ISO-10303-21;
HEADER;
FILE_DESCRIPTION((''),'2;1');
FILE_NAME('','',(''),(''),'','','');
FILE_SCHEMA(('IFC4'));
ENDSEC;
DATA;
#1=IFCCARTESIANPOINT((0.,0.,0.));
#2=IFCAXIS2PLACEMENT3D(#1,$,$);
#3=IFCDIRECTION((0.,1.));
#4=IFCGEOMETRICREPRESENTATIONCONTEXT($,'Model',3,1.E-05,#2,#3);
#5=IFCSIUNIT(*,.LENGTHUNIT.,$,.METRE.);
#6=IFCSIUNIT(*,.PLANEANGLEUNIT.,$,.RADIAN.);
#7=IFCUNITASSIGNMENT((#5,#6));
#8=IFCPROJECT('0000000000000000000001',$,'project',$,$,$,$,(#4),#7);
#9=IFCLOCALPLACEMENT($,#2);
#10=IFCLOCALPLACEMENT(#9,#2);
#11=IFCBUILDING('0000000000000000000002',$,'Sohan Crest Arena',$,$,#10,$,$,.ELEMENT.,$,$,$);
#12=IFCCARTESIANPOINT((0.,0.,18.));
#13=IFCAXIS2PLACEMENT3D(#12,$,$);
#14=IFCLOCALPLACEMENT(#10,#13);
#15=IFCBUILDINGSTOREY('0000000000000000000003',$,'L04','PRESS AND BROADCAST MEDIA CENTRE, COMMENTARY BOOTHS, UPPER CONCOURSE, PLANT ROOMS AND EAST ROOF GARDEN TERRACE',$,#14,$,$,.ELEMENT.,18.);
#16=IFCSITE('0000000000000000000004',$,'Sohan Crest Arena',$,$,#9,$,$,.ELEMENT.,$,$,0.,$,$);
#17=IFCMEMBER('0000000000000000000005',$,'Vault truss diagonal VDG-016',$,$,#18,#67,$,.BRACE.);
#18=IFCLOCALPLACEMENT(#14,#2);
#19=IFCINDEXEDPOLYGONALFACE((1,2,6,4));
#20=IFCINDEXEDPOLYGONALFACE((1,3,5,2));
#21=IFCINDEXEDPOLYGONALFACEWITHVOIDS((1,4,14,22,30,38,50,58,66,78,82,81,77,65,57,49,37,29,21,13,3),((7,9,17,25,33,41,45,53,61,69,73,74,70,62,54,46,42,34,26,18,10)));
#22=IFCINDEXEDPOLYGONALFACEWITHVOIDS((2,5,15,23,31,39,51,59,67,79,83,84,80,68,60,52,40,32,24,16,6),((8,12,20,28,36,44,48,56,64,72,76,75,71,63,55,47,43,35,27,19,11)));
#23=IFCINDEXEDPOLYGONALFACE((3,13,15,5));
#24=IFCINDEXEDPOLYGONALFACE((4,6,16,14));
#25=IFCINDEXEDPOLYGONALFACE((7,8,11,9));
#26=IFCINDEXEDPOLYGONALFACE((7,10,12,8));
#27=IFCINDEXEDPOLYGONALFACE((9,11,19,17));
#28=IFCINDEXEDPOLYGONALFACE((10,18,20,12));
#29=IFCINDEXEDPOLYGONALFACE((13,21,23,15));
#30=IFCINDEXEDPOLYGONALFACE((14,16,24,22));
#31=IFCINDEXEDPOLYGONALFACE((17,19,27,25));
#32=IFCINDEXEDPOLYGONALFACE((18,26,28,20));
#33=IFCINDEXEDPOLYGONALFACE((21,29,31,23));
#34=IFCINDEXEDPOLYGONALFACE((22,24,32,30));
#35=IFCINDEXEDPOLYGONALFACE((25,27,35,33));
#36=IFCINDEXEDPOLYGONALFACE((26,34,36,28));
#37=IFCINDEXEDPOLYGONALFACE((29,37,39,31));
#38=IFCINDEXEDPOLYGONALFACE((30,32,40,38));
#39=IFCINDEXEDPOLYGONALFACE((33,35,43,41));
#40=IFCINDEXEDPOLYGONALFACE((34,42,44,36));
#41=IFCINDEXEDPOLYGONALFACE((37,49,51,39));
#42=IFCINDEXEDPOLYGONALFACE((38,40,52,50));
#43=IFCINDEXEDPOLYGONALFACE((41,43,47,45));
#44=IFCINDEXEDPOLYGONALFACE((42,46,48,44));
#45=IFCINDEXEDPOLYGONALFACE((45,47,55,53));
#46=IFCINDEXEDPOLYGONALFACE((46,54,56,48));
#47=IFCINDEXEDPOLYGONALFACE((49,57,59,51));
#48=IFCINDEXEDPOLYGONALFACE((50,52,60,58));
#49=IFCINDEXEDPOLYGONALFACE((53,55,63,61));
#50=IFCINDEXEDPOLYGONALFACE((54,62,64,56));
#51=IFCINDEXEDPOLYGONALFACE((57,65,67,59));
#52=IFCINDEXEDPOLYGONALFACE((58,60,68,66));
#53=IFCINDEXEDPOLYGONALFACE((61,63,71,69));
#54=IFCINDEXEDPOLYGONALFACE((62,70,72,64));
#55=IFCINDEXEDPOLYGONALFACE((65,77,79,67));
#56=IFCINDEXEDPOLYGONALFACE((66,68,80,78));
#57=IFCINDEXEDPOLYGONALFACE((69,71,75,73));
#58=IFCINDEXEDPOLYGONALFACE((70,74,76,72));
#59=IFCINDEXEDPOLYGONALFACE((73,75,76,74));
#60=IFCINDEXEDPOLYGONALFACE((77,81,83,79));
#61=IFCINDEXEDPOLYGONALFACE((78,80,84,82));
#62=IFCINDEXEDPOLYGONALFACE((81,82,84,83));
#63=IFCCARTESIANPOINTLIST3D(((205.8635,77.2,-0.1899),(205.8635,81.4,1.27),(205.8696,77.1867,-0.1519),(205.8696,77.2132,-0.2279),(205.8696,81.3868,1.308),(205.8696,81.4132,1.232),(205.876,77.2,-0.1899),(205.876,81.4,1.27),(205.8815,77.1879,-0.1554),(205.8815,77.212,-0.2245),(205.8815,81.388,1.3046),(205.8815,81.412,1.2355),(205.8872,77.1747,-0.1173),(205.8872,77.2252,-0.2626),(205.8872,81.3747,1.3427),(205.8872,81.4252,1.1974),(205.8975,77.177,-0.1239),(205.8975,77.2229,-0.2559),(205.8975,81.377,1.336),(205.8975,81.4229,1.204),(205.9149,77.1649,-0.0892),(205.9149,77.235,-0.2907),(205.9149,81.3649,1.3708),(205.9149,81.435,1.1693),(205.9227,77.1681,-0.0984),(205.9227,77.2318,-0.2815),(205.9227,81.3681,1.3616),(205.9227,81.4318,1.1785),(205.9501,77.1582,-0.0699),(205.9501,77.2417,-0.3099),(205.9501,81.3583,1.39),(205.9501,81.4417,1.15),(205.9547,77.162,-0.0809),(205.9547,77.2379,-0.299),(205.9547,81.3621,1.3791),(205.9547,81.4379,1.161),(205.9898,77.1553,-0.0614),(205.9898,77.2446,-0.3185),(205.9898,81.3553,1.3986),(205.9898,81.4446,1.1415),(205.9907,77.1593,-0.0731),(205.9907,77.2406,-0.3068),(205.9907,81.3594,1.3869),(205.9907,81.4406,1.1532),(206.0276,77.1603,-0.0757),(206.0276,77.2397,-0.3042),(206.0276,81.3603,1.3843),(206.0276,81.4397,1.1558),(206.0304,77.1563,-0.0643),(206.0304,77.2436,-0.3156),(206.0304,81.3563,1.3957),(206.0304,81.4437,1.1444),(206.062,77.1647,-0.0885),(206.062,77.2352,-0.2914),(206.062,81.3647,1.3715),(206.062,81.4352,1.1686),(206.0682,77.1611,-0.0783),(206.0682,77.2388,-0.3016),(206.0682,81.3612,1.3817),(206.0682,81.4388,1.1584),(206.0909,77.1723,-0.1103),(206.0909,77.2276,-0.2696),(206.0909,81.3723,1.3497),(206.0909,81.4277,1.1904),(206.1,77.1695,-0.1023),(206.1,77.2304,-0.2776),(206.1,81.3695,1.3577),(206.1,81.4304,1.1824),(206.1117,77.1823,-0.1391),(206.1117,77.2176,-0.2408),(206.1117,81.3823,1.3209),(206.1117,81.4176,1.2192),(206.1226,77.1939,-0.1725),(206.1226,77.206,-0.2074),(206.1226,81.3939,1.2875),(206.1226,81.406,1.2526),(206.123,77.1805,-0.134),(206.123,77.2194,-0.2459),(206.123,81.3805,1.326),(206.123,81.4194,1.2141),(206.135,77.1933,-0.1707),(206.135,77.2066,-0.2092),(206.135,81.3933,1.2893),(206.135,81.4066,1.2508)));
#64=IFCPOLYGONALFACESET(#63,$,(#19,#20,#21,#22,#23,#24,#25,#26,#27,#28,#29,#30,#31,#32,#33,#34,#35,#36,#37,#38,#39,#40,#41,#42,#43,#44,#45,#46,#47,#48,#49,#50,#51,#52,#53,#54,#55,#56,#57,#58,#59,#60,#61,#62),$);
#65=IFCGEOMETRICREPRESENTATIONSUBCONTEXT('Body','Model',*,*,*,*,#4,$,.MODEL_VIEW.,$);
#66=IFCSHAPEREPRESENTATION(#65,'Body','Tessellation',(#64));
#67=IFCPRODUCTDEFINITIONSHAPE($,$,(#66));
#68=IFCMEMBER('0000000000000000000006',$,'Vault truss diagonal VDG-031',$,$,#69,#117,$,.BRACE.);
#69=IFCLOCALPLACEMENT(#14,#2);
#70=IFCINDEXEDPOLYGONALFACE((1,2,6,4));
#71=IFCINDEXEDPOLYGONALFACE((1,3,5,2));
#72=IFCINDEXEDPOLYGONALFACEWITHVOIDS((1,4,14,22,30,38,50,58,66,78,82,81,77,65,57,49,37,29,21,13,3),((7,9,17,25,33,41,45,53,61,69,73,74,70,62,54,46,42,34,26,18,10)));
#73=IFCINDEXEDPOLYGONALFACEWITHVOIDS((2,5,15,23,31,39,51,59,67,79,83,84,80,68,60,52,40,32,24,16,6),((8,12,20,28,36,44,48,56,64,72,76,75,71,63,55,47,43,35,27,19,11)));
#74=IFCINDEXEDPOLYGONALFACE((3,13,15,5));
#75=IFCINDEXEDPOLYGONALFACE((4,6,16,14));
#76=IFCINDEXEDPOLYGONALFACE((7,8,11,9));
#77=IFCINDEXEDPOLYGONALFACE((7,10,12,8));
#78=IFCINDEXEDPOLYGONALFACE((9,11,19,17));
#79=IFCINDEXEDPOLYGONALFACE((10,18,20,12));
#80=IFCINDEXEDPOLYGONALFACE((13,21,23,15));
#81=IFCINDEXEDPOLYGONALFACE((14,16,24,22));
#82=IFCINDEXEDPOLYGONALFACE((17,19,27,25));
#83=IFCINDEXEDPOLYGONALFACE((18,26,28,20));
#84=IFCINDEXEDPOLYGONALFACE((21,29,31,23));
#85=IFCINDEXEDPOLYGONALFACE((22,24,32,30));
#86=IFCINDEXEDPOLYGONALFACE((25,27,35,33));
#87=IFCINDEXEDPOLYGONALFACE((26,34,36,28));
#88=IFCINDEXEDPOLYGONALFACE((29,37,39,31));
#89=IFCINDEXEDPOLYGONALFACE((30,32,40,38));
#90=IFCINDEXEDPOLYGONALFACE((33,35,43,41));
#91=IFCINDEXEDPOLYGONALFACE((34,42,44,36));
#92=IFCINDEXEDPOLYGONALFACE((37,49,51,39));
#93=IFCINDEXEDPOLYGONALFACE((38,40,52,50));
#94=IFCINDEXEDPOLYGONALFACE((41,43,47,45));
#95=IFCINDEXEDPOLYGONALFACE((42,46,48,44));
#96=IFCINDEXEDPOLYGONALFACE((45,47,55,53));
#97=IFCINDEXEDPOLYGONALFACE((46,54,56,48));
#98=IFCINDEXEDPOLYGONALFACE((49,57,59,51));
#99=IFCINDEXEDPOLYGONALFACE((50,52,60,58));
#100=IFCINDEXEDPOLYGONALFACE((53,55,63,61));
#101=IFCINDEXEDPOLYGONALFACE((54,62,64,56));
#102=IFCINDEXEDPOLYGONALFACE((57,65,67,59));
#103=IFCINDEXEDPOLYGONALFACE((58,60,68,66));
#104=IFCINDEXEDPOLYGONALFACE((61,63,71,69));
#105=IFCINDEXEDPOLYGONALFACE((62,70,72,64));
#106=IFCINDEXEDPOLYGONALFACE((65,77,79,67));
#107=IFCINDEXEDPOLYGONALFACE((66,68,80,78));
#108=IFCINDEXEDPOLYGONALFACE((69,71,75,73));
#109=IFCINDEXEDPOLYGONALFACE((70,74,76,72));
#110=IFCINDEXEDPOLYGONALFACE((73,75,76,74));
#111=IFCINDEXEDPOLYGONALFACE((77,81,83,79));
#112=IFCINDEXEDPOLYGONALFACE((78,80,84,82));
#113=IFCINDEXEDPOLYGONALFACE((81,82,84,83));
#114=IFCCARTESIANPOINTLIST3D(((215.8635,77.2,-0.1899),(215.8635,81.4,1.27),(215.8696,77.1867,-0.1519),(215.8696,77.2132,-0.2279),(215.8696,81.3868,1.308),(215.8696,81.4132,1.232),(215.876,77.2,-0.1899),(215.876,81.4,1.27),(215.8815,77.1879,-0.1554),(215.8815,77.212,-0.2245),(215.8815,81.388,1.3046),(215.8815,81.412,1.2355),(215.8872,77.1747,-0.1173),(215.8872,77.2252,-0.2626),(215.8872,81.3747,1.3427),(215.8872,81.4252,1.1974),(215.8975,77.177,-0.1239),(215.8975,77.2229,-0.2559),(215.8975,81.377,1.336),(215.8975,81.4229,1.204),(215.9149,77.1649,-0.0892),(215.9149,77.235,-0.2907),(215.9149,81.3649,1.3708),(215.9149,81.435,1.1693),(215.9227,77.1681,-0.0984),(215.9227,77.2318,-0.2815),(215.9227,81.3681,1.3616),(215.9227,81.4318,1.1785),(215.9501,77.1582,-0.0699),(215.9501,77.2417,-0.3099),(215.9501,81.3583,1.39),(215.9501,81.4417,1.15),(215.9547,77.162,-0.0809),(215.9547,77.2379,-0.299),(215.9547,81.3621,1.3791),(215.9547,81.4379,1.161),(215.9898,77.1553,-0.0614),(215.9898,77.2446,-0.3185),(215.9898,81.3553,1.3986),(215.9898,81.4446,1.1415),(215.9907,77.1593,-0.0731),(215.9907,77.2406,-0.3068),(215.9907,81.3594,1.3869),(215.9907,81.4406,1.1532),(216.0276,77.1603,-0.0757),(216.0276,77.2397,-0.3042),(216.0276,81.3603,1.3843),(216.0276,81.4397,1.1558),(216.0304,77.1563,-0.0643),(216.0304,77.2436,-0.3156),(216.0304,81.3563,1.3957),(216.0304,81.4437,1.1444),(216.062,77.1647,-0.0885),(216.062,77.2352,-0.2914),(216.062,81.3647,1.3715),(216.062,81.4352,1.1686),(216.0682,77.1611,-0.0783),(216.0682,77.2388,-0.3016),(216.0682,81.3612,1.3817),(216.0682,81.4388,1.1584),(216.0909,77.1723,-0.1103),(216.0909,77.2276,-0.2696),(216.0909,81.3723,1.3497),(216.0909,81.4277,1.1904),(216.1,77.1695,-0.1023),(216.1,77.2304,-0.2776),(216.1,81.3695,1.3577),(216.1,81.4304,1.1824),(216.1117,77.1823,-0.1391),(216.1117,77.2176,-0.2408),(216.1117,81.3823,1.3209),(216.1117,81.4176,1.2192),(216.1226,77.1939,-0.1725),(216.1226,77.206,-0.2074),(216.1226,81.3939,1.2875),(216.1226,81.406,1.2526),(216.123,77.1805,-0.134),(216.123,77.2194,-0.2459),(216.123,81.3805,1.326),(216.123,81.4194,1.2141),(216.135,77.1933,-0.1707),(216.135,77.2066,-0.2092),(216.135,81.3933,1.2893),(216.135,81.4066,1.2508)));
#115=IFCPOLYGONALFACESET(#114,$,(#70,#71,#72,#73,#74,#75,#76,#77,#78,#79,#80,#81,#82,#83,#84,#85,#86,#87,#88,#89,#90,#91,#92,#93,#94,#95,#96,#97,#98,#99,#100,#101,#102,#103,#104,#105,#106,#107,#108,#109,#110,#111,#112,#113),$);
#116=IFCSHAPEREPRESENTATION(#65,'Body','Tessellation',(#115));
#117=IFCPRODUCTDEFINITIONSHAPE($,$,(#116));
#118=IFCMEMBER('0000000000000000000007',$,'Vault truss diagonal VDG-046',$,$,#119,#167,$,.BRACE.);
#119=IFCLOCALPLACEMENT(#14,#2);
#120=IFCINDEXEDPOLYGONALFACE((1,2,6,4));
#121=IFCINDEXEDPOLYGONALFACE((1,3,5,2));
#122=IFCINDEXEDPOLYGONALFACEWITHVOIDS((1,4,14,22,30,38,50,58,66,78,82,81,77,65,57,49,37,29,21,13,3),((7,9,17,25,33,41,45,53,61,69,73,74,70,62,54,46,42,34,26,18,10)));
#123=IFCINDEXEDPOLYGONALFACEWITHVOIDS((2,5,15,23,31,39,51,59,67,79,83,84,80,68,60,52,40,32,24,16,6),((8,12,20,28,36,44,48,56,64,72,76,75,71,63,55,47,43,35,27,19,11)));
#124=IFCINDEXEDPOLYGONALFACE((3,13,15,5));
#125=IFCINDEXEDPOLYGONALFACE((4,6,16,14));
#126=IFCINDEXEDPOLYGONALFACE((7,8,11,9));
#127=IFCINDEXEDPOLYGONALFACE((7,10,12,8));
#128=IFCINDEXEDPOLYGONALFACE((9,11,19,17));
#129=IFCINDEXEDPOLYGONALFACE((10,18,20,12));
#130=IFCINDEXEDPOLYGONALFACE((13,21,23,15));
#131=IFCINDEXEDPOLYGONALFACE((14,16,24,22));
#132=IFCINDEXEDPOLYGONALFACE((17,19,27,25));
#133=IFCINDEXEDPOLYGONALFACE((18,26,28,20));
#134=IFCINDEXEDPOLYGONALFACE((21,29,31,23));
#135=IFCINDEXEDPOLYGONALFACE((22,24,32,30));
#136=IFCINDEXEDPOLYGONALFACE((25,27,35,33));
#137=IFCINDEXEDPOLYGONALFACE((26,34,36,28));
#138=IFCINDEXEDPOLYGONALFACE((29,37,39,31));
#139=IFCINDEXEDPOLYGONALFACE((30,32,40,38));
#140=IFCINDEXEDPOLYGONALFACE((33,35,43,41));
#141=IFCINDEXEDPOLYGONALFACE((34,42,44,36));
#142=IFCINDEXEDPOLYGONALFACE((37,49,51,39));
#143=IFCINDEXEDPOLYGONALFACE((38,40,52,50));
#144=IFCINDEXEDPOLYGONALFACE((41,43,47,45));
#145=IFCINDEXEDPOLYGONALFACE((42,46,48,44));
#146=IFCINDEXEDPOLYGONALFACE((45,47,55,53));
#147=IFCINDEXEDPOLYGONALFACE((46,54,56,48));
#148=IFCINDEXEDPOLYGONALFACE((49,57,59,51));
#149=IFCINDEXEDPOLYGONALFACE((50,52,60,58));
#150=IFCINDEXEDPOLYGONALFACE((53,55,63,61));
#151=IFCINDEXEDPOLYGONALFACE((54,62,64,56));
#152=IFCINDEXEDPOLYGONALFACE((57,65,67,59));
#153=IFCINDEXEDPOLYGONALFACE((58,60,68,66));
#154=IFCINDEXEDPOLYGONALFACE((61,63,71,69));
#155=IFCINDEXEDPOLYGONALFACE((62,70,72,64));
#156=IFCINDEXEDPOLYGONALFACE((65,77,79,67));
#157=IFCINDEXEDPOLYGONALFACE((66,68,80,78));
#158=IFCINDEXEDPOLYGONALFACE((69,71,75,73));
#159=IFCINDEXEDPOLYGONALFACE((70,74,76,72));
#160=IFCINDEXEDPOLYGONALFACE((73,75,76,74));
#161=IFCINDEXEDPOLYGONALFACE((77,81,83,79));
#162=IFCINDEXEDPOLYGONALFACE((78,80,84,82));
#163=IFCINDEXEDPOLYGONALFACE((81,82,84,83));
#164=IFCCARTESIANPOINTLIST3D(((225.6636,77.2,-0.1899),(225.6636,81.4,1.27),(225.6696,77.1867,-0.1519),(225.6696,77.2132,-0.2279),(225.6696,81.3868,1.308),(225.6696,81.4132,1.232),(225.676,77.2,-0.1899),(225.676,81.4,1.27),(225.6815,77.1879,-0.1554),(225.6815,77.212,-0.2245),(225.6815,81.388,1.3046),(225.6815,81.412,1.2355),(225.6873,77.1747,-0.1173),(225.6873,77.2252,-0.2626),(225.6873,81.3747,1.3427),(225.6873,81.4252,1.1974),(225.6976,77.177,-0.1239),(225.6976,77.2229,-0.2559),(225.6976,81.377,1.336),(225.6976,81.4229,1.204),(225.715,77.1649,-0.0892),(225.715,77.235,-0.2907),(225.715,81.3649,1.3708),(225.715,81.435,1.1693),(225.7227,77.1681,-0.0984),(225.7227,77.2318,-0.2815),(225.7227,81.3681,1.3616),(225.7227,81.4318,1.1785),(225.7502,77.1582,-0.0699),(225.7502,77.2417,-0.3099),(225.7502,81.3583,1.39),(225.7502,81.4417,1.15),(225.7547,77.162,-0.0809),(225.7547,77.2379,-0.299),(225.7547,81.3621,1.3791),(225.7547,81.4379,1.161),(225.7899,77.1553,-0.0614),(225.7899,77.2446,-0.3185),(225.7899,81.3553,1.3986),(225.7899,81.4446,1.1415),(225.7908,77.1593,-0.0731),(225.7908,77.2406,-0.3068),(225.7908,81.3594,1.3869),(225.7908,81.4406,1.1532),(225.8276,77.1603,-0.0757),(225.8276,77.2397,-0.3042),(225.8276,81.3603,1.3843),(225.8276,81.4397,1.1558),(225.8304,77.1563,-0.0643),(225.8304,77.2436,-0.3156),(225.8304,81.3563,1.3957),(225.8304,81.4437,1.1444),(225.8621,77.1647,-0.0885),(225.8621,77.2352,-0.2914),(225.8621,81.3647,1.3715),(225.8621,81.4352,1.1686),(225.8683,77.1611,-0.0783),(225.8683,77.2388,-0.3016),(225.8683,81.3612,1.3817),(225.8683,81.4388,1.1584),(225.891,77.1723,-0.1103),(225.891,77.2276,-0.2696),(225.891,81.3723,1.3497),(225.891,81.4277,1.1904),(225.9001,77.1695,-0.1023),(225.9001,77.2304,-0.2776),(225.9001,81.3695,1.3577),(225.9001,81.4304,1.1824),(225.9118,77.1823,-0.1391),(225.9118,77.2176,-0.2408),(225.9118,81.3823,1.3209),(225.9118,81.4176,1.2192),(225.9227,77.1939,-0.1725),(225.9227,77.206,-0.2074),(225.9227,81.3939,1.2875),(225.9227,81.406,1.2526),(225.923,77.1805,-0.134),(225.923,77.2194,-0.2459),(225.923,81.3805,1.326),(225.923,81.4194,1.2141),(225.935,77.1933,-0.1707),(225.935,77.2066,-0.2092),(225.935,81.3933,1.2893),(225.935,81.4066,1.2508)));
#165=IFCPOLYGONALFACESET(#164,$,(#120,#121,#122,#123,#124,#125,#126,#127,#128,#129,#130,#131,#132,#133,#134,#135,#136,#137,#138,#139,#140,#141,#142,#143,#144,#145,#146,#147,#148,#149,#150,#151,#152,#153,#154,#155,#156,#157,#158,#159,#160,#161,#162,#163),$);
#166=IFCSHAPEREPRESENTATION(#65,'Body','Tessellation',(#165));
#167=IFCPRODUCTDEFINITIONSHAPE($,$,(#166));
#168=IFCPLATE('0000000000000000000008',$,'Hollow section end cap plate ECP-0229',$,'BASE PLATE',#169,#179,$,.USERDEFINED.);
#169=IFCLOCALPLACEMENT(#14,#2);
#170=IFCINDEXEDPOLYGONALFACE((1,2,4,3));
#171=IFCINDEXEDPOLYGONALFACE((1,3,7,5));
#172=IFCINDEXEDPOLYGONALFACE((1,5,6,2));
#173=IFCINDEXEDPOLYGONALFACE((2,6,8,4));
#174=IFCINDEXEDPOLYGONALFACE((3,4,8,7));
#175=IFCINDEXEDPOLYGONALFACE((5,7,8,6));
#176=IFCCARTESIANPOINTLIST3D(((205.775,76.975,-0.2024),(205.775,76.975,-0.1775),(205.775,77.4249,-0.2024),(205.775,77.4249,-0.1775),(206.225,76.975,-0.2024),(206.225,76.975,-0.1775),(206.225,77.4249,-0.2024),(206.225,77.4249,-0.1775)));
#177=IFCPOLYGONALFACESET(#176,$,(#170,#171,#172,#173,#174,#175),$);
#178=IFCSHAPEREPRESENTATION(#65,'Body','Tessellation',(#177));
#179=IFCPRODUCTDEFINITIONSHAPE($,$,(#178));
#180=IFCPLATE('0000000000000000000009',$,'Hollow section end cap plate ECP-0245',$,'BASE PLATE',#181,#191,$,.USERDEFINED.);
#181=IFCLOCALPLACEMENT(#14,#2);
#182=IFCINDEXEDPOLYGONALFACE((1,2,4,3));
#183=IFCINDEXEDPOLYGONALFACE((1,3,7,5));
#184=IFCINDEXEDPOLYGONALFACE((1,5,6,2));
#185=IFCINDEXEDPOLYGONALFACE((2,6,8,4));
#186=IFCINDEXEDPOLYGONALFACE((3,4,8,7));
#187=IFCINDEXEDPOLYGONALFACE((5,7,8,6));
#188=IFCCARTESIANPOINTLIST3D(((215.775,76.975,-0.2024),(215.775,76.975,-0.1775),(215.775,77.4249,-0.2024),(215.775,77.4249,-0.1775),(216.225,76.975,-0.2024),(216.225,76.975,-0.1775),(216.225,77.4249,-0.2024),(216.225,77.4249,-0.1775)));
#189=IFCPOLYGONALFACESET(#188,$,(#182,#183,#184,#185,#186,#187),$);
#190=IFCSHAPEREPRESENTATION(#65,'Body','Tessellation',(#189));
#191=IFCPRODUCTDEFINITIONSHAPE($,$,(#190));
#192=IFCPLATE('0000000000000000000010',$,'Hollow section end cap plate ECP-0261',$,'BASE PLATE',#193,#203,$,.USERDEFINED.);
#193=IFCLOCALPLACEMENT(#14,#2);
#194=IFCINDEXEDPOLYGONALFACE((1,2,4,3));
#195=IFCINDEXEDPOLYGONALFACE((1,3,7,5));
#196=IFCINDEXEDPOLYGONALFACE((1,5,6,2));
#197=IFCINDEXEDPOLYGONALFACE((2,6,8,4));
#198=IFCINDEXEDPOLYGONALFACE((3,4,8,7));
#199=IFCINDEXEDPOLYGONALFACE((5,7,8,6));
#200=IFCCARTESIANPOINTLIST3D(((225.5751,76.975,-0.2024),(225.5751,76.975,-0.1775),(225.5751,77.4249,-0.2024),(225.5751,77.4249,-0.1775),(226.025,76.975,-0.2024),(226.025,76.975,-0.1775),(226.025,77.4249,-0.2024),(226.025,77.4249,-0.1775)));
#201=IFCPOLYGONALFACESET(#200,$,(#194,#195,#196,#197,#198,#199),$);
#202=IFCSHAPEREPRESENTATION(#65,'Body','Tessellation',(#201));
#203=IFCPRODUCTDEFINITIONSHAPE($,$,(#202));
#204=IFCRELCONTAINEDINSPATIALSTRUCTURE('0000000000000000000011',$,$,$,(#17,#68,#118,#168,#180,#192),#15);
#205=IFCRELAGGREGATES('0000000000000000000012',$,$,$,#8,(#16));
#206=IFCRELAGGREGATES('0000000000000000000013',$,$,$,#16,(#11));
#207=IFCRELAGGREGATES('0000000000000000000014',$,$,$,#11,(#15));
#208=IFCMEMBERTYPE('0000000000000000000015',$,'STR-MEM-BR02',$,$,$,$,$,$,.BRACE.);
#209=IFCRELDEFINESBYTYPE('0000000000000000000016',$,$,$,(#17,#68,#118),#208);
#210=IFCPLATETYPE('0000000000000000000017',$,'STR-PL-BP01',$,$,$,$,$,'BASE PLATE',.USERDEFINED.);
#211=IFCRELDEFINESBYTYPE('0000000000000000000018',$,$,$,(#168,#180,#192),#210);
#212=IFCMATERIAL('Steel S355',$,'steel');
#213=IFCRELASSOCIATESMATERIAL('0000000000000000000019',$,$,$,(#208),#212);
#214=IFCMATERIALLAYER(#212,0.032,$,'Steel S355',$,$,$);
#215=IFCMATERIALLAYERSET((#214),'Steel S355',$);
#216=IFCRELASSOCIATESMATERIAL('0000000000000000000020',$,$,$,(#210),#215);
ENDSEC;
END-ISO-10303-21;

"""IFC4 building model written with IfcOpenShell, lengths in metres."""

from ifc_helpers import new_model, si_unit, direction, frame, origin, origin_2d, place, context, subcontext, project, spatial, rectangle, hollow_circle, extrude, material, layer, layer_set, material_profile, profile_set, type_object, element, save


model = new_model("IFC4")

# Units and contexts
model_context = context("Model", 3, precision=1e-05, world=origin(), true_north=direction((0.0, 1.0)))
body_context = subcontext(model_context, "Body", "Model", "MODEL_VIEW")
ifc_project = project(units=[si_unit("LENGTHUNIT", "METRE"), si_unit("PLANEANGLEUNIT", "RADIAN")], contexts=[model_context])

# Site, building, storey
site_placement = place(None, origin())
site = spatial("IfcSite", under=ifc_project, at=site_placement, Name="Sohan Crest Arena", CompositionType="ELEMENT", RefElevation=0.0)
building_placement = place(site_placement, origin())
building = spatial("IfcBuilding", under=site, at=building_placement, Name="Sohan Crest Arena", CompositionType="ELEMENT")
storey_placement = place(building_placement, frame((0.0, 0.0, 18.0)))
storey = spatial("IfcBuildingStorey", under=building, at=storey_placement, Name="L04", Description="PRESS AND BROADCAST MEDIA CENTRE, COMMENTARY BOOTHS, UPPER CONCOURSE, PLANT ROOMS AND EAST ROOF GARDEN TERRACE", CompositionType="ELEMENT", Elevation=18.0)

# Shared definitions
ifc_material_1 = material(Name="Steel S355", Category="steel")

# Members
ifc_material_profile_1 = material_profile(ifc_material_1, hollow_circle(Radius=0.1365, WallThickness=0.0125, at=origin_2d()), Name="CHS 273x12.5")
ifc_profile_set_1 = profile_set([ifc_material_profile_1], Name="Steel S355")
member_type = type_object("IfcMemberType", Name="STR-MEM-BR02", PredefinedType="BRACE", material=ifc_profile_set_1)
for number, where, z_axis, x_axis, name in (
    (1, (206.0, 77.2, -0.1899), (0.0, 0.944559, 0.328342), (-1.0, 0.0, 0.0), "Vault truss diagonal VDG-016"),
    (2, (216.0, 77.2, -0.1899), (0.0, 0.944559, 0.328342), (-1.0, 0.0, 0.0), "Vault truss diagonal VDG-031"),
    (3, (225.8, 77.2, -0.1899), (0.0, 0.944559, 0.328342), (-1.0, 0.0, 0.0), "Vault truss diagonal VDG-046"),
):
    element("IfcMember", number, at=place(storey_placement, frame(where, z_axis=z_axis, x_axis=x_axis)), inside=storey, type_object=member_type, Name=name, PredefinedType="BRACE", context=body_context, shape_type="SweptSolid", body=[
        extrude(hollow_circle(Radius=0.1365, WallThickness=0.0125, at=origin_2d()), origin(), (0.0, 0.0, 1.0), 4.4465),
    ])

# Plates
ifc_layer_1 = layer(ifc_material_1, 0.032, Name="Steel S355")
ifc_layer_set_1 = layer_set([ifc_layer_1], Name="Steel S355")
plate_type = type_object("IfcPlateType", Name="STR-PL-BP01", ElementType="BASE PLATE", PredefinedType="USERDEFINED", material=ifc_layer_set_1)
for number, where, z_axis, x_axis, name in (
    (4, (206.0, 77.2, -0.2024), (0.0, 0.0, 1.0), (1.0, 0.0, 0.0), "Hollow section end cap plate ECP-0229"),
    (5, (216.0, 77.2, -0.2024), (0.0, 0.0, 1.0), (1.0, 0.0, 0.0), "Hollow section end cap plate ECP-0245"),
    (6, (225.8, 77.2, -0.2024), (0.0, 0.0, 1.0), (1.0, 0.0, 0.0), "Hollow section end cap plate ECP-0261"),
):
    element("IfcPlate", number, at=place(storey_placement, frame(where, z_axis=z_axis, x_axis=x_axis)), inside=storey, type_object=plate_type, Name=name, ObjectType="BASE PLATE", PredefinedType="USERDEFINED", context=body_context, shape_type="SweptSolid", body=[
        extrude(rectangle(XDim=0.45, YDim=0.45, at=origin_2d()), origin(), (0.0, 0.0, 1.0), 0.0249),
    ])

save(model, "model.ifc")
